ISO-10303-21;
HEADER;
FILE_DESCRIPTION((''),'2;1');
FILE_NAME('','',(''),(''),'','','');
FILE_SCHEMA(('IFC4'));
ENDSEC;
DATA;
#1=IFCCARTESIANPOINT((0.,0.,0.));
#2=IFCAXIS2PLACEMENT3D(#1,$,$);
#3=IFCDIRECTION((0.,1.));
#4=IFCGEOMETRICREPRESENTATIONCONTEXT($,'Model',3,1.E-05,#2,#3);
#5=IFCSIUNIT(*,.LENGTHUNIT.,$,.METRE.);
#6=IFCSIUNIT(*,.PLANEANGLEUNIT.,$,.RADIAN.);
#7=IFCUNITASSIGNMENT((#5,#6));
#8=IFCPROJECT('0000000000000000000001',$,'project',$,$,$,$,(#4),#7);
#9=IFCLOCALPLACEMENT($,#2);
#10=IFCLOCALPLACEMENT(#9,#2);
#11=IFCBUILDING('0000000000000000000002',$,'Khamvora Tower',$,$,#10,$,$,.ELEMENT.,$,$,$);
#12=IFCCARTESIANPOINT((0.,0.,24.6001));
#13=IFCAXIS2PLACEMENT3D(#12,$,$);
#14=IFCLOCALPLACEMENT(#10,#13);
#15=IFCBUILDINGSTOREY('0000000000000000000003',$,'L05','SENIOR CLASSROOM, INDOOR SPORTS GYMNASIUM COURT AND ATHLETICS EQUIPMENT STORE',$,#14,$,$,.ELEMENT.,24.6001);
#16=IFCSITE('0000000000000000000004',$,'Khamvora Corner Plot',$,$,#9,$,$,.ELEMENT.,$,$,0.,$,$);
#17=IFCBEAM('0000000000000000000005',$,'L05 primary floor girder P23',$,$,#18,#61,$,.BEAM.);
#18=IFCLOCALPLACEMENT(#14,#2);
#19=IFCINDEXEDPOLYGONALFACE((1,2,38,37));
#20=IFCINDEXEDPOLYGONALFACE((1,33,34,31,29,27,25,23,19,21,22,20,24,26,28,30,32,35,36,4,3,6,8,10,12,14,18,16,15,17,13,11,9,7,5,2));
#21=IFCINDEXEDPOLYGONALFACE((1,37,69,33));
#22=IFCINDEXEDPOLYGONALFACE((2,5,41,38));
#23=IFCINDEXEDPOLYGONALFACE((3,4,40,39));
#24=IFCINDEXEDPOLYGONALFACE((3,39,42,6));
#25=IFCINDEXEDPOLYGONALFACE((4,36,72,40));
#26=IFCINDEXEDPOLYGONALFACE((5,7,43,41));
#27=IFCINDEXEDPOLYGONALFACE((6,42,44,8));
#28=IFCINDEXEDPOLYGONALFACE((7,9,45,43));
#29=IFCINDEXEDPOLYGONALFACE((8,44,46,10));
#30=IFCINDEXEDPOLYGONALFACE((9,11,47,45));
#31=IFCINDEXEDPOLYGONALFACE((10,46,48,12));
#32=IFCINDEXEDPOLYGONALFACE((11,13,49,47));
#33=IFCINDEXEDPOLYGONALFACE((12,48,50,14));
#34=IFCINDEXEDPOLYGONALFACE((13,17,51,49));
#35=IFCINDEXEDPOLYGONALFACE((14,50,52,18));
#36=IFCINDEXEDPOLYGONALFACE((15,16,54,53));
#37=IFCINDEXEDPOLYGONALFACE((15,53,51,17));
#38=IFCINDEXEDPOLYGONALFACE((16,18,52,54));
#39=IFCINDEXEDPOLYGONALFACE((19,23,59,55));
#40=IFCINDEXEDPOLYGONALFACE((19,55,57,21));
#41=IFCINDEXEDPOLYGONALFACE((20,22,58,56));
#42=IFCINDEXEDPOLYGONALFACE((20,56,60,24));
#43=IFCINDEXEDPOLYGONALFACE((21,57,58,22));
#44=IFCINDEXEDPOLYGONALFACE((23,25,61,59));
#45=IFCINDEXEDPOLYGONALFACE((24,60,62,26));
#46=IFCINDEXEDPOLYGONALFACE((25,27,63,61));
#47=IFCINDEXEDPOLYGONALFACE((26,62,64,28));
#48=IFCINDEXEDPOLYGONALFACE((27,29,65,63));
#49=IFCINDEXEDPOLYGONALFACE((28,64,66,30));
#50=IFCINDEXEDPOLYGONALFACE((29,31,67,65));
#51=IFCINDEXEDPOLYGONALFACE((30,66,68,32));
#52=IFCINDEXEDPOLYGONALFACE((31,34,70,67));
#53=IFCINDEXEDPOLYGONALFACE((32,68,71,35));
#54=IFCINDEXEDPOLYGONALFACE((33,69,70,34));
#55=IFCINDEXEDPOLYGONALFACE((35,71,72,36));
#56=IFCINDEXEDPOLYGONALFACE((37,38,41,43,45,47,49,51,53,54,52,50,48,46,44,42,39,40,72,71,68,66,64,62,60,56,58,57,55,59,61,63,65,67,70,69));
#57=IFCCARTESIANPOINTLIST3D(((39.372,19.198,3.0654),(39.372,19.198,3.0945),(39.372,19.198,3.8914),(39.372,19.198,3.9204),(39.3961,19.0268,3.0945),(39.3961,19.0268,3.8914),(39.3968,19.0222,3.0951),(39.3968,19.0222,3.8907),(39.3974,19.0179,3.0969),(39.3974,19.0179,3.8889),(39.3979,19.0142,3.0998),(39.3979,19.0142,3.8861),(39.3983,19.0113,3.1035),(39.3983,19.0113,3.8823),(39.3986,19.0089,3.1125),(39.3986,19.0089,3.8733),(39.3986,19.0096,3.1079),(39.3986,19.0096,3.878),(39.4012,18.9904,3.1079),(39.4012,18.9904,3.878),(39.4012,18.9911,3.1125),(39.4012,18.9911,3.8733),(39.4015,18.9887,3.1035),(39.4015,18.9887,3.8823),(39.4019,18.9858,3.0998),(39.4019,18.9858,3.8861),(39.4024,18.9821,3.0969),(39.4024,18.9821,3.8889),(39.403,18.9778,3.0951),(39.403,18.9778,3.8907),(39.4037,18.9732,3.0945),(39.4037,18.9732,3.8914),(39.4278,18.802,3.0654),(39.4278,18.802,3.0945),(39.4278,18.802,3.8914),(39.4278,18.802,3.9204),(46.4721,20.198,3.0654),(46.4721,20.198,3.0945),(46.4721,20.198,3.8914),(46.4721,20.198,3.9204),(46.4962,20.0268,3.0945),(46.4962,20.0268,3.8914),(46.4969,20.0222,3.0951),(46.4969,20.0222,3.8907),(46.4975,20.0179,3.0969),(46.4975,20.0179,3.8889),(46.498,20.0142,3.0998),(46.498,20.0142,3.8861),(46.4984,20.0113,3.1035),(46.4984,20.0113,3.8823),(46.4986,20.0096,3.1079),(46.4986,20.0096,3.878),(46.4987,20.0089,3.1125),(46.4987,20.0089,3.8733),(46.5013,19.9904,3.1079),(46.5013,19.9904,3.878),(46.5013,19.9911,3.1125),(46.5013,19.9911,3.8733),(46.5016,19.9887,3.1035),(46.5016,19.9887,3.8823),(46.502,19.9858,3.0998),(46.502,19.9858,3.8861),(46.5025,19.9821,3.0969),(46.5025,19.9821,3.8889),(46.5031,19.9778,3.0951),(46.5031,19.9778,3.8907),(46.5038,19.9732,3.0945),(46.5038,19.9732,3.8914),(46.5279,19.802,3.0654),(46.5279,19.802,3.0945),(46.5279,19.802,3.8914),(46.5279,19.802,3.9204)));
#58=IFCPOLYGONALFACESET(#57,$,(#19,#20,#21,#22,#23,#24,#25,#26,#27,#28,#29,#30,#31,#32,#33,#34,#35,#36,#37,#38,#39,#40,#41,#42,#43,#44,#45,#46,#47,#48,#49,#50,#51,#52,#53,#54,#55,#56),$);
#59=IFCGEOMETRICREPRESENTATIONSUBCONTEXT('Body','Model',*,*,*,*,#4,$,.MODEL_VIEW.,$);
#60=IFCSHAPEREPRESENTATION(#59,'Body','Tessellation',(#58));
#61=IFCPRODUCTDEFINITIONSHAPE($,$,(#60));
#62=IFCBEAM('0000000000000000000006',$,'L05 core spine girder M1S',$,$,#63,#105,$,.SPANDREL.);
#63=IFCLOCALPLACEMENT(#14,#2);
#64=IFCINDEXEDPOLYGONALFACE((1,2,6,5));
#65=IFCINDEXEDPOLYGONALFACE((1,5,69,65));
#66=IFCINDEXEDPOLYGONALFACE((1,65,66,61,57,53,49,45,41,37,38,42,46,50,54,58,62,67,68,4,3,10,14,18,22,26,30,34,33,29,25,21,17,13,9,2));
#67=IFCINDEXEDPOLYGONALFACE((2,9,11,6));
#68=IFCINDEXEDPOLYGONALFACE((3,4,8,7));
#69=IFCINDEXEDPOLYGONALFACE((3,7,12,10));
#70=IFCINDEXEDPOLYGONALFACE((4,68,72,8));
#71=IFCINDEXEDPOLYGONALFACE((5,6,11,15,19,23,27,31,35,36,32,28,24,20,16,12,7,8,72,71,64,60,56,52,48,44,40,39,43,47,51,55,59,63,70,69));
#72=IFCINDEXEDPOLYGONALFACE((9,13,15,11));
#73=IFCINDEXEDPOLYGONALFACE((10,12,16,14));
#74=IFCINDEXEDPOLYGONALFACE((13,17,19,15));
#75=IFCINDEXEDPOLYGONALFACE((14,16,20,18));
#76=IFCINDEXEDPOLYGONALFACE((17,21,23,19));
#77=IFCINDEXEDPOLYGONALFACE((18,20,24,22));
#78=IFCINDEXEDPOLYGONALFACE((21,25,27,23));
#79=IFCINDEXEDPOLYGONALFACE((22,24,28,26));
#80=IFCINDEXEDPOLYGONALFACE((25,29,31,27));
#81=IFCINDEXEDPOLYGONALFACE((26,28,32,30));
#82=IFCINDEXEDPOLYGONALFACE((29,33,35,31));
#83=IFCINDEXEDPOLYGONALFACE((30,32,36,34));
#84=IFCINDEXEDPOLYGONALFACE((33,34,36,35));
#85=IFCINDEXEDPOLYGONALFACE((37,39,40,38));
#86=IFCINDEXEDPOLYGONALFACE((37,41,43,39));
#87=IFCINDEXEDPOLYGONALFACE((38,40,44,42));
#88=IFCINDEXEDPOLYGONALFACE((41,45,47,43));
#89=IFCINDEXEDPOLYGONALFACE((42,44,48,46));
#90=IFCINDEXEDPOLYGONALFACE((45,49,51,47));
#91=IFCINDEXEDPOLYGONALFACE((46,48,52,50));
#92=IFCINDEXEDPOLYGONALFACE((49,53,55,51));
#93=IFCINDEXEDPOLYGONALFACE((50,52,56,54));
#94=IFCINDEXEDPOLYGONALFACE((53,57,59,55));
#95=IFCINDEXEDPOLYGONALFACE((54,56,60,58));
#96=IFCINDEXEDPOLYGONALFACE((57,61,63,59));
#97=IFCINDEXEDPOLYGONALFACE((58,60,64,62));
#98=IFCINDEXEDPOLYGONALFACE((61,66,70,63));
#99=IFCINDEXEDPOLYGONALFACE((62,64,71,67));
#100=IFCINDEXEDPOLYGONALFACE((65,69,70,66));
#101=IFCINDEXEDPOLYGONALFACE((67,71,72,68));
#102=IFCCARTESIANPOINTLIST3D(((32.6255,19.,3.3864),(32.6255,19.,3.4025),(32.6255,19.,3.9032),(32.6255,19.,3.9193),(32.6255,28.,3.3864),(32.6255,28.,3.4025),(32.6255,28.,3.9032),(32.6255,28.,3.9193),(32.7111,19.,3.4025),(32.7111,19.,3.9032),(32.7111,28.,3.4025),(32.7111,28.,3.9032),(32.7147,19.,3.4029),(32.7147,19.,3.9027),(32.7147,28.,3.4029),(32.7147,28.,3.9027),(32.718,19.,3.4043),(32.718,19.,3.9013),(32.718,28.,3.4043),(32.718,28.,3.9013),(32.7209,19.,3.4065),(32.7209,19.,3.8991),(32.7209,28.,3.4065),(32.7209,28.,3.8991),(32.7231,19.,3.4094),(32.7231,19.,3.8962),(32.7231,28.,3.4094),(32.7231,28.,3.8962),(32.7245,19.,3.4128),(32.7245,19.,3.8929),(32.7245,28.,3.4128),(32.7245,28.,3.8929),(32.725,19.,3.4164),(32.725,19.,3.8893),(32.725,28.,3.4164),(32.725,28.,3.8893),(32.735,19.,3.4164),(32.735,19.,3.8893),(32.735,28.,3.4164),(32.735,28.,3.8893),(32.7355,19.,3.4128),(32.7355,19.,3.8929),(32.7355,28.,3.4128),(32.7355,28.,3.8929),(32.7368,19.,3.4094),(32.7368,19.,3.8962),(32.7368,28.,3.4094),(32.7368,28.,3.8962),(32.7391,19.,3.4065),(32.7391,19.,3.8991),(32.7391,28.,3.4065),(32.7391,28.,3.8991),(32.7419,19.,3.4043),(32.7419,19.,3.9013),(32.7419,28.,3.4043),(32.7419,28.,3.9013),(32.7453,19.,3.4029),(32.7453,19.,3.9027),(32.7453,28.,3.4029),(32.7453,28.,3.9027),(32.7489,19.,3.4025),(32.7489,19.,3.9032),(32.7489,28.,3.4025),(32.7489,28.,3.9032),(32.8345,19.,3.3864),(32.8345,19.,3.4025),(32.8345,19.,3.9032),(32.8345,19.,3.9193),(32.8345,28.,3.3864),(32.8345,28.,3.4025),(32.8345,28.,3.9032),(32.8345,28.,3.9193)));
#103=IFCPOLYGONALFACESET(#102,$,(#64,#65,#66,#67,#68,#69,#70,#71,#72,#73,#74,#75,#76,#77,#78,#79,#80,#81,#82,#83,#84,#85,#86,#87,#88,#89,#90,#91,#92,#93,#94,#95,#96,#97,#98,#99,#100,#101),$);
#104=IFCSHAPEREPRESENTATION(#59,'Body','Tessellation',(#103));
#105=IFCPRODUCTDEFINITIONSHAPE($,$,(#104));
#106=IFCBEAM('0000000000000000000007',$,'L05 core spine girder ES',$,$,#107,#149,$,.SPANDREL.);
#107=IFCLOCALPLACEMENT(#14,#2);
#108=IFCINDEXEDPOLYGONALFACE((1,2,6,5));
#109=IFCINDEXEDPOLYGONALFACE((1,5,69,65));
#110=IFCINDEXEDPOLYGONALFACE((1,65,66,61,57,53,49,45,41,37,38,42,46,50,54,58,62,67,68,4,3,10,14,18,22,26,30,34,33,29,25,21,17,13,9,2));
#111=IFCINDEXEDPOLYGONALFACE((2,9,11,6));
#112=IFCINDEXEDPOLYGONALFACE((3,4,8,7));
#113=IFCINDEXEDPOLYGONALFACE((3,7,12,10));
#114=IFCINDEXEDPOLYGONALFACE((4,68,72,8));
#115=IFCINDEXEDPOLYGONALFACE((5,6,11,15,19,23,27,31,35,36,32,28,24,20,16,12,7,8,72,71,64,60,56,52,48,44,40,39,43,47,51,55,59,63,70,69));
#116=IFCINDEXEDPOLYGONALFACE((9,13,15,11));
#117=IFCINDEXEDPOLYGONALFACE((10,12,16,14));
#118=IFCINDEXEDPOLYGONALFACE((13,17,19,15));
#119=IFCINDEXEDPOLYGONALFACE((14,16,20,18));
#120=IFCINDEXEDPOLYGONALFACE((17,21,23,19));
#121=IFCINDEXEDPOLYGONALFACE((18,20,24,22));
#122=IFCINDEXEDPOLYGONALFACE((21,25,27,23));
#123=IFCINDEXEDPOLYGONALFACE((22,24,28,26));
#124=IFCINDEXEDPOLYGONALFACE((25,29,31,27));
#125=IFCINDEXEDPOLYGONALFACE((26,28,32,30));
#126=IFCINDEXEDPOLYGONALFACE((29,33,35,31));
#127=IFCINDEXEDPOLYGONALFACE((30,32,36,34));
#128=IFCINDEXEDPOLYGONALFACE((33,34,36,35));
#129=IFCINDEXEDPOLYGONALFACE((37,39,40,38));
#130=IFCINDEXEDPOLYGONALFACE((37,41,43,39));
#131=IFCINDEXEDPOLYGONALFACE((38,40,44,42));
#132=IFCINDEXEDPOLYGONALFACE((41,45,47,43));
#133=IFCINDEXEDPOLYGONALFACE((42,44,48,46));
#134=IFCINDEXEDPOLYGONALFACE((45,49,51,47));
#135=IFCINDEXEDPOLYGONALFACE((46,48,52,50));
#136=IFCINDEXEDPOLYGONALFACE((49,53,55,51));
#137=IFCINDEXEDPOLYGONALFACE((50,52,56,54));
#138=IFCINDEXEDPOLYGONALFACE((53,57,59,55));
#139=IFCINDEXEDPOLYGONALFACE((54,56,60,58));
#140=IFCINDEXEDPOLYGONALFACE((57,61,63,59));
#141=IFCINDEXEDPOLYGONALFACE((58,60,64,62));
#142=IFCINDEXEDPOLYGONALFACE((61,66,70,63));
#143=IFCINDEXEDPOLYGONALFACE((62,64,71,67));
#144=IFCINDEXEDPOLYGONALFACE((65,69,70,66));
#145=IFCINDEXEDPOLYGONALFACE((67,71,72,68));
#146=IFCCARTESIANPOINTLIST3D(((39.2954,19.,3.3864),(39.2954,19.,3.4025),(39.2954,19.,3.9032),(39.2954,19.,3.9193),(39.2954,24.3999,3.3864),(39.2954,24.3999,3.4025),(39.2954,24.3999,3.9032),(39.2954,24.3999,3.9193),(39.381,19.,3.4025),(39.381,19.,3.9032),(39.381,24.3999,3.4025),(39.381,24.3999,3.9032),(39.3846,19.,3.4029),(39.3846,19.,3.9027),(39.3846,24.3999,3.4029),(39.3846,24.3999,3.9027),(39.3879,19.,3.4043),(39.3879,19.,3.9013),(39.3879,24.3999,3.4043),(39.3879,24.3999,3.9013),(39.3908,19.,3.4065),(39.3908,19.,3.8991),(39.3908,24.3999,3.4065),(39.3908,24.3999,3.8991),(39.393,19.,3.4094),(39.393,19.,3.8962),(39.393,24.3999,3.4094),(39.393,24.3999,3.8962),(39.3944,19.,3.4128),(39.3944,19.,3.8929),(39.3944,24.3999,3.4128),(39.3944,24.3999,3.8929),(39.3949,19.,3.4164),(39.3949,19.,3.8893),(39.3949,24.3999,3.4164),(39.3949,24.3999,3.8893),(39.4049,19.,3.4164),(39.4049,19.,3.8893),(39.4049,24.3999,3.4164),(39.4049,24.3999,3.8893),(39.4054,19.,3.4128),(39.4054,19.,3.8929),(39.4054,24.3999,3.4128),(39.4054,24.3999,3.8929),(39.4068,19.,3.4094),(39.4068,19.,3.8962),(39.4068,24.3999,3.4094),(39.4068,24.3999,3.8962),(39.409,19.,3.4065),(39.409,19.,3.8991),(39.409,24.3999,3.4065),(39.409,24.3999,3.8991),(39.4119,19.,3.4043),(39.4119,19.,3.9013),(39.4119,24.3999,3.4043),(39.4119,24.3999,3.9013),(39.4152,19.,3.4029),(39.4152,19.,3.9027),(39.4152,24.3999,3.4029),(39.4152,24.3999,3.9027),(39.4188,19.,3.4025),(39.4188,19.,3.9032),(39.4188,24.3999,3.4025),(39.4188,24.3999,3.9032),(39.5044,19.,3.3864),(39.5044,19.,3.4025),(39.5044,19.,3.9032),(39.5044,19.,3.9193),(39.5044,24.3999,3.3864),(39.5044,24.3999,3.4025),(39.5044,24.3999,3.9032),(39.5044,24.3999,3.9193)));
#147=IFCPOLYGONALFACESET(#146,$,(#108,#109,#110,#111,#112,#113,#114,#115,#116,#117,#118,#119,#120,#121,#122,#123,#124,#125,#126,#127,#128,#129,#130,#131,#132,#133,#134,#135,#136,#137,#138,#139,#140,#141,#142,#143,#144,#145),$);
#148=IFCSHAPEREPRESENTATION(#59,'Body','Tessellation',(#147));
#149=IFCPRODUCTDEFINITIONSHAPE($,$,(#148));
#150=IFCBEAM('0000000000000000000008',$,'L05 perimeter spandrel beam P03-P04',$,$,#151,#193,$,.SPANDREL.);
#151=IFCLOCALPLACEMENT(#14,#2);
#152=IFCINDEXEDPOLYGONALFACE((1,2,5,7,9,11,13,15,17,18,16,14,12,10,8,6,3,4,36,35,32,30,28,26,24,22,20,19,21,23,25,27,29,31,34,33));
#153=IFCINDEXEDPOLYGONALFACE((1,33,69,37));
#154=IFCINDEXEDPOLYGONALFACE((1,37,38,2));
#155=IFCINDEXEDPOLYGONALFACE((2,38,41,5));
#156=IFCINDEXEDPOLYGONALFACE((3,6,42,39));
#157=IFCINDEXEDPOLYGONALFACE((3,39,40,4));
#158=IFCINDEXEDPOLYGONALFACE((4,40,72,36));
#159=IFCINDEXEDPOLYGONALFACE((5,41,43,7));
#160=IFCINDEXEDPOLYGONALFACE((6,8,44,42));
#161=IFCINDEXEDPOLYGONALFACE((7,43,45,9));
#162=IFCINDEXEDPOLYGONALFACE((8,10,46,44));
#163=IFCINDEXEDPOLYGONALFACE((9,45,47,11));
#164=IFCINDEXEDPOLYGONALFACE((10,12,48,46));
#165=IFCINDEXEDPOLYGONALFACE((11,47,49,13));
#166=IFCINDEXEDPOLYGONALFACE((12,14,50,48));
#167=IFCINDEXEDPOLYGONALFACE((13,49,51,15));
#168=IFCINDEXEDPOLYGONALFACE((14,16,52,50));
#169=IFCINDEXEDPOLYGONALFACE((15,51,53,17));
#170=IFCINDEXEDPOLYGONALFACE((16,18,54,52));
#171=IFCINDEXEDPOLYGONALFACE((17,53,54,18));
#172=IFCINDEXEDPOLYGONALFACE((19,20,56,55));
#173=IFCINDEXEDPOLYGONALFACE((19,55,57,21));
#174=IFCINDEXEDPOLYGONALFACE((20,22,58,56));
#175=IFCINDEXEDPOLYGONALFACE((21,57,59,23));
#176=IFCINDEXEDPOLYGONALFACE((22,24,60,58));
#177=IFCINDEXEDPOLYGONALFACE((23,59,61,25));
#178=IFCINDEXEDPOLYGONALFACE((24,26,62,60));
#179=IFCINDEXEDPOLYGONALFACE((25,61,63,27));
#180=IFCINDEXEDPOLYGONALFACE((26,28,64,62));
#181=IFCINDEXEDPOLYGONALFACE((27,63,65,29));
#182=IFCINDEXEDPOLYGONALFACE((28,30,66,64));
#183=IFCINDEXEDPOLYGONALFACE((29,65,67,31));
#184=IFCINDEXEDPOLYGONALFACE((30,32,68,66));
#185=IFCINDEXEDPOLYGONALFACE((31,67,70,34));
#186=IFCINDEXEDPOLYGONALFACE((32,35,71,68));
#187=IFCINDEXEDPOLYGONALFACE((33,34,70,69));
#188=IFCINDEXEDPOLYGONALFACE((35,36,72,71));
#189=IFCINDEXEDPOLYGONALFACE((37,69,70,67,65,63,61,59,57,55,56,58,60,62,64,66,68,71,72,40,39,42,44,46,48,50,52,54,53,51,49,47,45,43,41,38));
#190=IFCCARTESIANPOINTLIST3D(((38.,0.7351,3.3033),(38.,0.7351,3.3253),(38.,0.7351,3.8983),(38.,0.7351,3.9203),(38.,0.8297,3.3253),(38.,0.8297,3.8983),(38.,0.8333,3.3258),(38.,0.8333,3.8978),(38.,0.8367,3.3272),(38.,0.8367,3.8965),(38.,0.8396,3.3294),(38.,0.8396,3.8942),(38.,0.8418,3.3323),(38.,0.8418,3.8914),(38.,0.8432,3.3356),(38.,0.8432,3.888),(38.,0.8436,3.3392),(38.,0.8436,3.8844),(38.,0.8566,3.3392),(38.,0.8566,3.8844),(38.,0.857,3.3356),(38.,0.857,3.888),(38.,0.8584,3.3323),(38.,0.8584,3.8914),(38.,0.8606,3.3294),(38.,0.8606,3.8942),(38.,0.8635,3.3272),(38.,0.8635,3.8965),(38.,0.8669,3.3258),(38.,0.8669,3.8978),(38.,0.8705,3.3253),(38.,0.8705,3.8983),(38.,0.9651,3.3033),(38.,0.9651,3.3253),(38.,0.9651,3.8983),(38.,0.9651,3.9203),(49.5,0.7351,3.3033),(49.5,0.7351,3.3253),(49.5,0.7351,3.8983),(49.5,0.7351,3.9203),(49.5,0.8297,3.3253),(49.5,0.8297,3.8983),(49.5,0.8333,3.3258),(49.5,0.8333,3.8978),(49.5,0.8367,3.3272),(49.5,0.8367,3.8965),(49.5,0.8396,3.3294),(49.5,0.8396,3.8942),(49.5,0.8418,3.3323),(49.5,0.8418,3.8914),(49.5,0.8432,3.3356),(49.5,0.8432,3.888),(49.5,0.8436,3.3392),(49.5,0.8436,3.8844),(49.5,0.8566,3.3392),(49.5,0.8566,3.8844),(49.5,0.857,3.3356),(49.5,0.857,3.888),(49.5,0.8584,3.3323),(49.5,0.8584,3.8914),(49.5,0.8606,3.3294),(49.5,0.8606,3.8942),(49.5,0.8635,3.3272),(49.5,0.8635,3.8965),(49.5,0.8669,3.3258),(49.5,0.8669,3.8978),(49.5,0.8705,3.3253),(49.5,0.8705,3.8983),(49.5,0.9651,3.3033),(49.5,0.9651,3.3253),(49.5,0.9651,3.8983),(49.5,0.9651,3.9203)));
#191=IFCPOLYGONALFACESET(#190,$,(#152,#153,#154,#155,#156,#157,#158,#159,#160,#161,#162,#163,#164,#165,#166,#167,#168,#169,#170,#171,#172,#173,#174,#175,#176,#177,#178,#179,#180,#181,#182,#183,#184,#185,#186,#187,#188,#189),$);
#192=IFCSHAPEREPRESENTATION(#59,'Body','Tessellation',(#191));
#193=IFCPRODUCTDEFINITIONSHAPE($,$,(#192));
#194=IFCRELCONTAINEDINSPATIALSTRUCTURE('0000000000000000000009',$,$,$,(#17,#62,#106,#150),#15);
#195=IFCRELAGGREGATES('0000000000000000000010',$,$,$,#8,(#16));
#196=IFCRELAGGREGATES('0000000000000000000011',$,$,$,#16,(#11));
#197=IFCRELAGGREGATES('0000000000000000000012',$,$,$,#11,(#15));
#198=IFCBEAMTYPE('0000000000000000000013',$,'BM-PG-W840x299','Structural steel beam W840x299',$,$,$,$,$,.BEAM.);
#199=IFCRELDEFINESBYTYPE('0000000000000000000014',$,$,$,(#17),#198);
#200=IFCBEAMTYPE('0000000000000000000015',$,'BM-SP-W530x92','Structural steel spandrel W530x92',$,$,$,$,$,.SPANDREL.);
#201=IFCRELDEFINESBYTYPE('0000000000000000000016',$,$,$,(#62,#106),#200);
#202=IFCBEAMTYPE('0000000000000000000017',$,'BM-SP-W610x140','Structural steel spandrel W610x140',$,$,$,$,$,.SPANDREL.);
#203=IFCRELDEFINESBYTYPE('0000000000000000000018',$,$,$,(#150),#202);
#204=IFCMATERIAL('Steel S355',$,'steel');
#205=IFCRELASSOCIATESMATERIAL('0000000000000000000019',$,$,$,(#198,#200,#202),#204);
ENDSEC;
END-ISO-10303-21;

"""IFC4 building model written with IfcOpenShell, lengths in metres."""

from ifc_helpers import new_model, si_unit, direction, frame, origin, origin_2d, place, context, subcontext, project, spatial, i_section, extrude, material, material_profile, profile_set, type_object, element, save


model = new_model("IFC4")

# Units and contexts
model_context = context("Model", 3, precision=1e-05, world=origin(), true_north=direction((0.0, 1.0)))
body_context = subcontext(model_context, "Body", "Model", "MODEL_VIEW")
ifc_project = project(units=[si_unit("LENGTHUNIT", "METRE"), si_unit("PLANEANGLEUNIT", "RADIAN")], contexts=[model_context])

# Site, building, storey
site_placement = place(None, origin())
site = spatial("IfcSite", under=ifc_project, at=site_placement, Name="Khamvora Corner Plot", CompositionType="ELEMENT", RefElevation=0.0)
building_placement = place(site_placement, origin())
building = spatial("IfcBuilding", under=site, at=building_placement, Name="Khamvora Tower", CompositionType="ELEMENT")
storey_placement = place(building_placement, frame((0.0, 0.0, 24.6001)))
storey = spatial("IfcBuildingStorey", under=building, at=storey_placement, Name="L05", Description="SENIOR CLASSROOM, INDOOR SPORTS GYMNASIUM COURT AND ATHLETICS EQUIPMENT STORE", CompositionType="ELEMENT", Elevation=24.6001)

# Beams
ifc_material_1 = material(Name="Steel S355", Category="steel")
ifc_material_profile_1 = material_profile(ifc_material_1, i_section(OverallWidth=0.3999, OverallDepth=0.855, WebThickness=0.0181, FlangeThickness=0.0291, FilletRadius=0.0181, at=origin_2d()), Name="W840x299")
ifc_profile_set_1 = profile_set([ifc_material_profile_1], Name="Steel S355")
beam_type_1 = type_object("IfcBeamType", Name="BM-PG-W840x299", Description="Structural steel beam W840x299", PredefinedType="BEAM", material=ifc_profile_set_1)
beam_1_placement = place(storey_placement, frame((39.3999, 19.0, 3.4929), z_axis=(0.990227, 0.139467, 0.0), x_axis=(-0.139467, 0.990227, 0.0)))
element("IfcBeam", 1, at=beam_1_placement, inside=storey, type_object=beam_type_1, Name="L05 primary floor girder P23", PredefinedType="BEAM", context=body_context, shape_type="SweptSolid", body=[
    extrude(i_section(OverallWidth=0.3999, OverallDepth=0.855, WebThickness=0.0181, FlangeThickness=0.0291, FilletRadius=0.0181, at=origin_2d()), origin(), (0.0, 0.0, 1.0), 7.1702),
])
ifc_material_profile_2 = material_profile(ifc_material_1, i_section(OverallWidth=0.209, OverallDepth=0.533, WebThickness=0.01, FlangeThickness=0.0161, FilletRadius=0.0139, at=origin_2d()), Name="W530x92")
ifc_profile_set_2 = profile_set([ifc_material_profile_2], Name="Steel S355")
beam_type_2 = type_object("IfcBeamType", Name="BM-SP-W530x92", Description="Structural steel spandrel W530x92", PredefinedType="SPANDREL", material=ifc_profile_set_2)
beam_2_placement = place(storey_placement, frame((32.73, 19.0, 3.6528), z_axis=(0.0, 1.0, 0.0), x_axis=(-1.0, 0.0, 0.0)))
element("IfcBeam", 2, at=beam_2_placement, inside=storey, type_object=beam_type_2, Name="L05 core spine girder M1S", PredefinedType="SPANDREL", context=body_context, shape_type="SweptSolid", body=[
    extrude(i_section(OverallWidth=0.209, OverallDepth=0.533, WebThickness=0.01, FlangeThickness=0.0161, FilletRadius=0.0139, at=origin_2d()), origin(), (0.0, 0.0, 1.0), 9.0),
])
beam_3_placement = place(storey_placement, frame((39.3999, 19.0, 3.6528), z_axis=(0.0, 1.0, 0.0), x_axis=(-1.0, 0.0, 0.0)))
element("IfcBeam", 3, at=beam_3_placement, inside=storey, type_object=beam_type_2, Name="L05 core spine girder ES", PredefinedType="SPANDREL", context=body_context, shape_type="SweptSolid", body=[
    extrude(i_section(OverallWidth=0.209, OverallDepth=0.533, WebThickness=0.01, FlangeThickness=0.0161, FilletRadius=0.0139, at=origin_2d()), origin(), (0.0, 0.0, 1.0), 5.3999),
])
ifc_material_profile_3 = material_profile(ifc_material_1, i_section(OverallWidth=0.23, OverallDepth=0.6169, WebThickness=0.0129, FlangeThickness=0.022, FilletRadius=0.0139, at=origin_2d()), Name="W610x140")
ifc_profile_set_3 = profile_set([ifc_material_profile_3], Name="Steel S355")
beam_type_3 = type_object("IfcBeamType", Name="BM-SP-W610x140", Description="Structural steel spandrel W610x140", PredefinedType="SPANDREL", material=ifc_profile_set_3)
beam_4_placement = place(storey_placement, frame((38.0, 0.8501, 3.6118), z_axis=(1.0, 0.0, 0.0), x_axis=(0.0, 1.0, 0.0)))
element("IfcBeam", 4, at=beam_4_placement, inside=storey, type_object=beam_type_3, Name="L05 perimeter spandrel beam P03-P04", PredefinedType="SPANDREL", context=body_context, shape_type="SweptSolid", body=[
    extrude(i_section(OverallWidth=0.23, OverallDepth=0.6169, WebThickness=0.0129, FlangeThickness=0.022, FilletRadius=0.0139, at=origin_2d()), origin(), (0.0, 0.0, 1.0), 11.5),
])

save(model, "model.ifc")
